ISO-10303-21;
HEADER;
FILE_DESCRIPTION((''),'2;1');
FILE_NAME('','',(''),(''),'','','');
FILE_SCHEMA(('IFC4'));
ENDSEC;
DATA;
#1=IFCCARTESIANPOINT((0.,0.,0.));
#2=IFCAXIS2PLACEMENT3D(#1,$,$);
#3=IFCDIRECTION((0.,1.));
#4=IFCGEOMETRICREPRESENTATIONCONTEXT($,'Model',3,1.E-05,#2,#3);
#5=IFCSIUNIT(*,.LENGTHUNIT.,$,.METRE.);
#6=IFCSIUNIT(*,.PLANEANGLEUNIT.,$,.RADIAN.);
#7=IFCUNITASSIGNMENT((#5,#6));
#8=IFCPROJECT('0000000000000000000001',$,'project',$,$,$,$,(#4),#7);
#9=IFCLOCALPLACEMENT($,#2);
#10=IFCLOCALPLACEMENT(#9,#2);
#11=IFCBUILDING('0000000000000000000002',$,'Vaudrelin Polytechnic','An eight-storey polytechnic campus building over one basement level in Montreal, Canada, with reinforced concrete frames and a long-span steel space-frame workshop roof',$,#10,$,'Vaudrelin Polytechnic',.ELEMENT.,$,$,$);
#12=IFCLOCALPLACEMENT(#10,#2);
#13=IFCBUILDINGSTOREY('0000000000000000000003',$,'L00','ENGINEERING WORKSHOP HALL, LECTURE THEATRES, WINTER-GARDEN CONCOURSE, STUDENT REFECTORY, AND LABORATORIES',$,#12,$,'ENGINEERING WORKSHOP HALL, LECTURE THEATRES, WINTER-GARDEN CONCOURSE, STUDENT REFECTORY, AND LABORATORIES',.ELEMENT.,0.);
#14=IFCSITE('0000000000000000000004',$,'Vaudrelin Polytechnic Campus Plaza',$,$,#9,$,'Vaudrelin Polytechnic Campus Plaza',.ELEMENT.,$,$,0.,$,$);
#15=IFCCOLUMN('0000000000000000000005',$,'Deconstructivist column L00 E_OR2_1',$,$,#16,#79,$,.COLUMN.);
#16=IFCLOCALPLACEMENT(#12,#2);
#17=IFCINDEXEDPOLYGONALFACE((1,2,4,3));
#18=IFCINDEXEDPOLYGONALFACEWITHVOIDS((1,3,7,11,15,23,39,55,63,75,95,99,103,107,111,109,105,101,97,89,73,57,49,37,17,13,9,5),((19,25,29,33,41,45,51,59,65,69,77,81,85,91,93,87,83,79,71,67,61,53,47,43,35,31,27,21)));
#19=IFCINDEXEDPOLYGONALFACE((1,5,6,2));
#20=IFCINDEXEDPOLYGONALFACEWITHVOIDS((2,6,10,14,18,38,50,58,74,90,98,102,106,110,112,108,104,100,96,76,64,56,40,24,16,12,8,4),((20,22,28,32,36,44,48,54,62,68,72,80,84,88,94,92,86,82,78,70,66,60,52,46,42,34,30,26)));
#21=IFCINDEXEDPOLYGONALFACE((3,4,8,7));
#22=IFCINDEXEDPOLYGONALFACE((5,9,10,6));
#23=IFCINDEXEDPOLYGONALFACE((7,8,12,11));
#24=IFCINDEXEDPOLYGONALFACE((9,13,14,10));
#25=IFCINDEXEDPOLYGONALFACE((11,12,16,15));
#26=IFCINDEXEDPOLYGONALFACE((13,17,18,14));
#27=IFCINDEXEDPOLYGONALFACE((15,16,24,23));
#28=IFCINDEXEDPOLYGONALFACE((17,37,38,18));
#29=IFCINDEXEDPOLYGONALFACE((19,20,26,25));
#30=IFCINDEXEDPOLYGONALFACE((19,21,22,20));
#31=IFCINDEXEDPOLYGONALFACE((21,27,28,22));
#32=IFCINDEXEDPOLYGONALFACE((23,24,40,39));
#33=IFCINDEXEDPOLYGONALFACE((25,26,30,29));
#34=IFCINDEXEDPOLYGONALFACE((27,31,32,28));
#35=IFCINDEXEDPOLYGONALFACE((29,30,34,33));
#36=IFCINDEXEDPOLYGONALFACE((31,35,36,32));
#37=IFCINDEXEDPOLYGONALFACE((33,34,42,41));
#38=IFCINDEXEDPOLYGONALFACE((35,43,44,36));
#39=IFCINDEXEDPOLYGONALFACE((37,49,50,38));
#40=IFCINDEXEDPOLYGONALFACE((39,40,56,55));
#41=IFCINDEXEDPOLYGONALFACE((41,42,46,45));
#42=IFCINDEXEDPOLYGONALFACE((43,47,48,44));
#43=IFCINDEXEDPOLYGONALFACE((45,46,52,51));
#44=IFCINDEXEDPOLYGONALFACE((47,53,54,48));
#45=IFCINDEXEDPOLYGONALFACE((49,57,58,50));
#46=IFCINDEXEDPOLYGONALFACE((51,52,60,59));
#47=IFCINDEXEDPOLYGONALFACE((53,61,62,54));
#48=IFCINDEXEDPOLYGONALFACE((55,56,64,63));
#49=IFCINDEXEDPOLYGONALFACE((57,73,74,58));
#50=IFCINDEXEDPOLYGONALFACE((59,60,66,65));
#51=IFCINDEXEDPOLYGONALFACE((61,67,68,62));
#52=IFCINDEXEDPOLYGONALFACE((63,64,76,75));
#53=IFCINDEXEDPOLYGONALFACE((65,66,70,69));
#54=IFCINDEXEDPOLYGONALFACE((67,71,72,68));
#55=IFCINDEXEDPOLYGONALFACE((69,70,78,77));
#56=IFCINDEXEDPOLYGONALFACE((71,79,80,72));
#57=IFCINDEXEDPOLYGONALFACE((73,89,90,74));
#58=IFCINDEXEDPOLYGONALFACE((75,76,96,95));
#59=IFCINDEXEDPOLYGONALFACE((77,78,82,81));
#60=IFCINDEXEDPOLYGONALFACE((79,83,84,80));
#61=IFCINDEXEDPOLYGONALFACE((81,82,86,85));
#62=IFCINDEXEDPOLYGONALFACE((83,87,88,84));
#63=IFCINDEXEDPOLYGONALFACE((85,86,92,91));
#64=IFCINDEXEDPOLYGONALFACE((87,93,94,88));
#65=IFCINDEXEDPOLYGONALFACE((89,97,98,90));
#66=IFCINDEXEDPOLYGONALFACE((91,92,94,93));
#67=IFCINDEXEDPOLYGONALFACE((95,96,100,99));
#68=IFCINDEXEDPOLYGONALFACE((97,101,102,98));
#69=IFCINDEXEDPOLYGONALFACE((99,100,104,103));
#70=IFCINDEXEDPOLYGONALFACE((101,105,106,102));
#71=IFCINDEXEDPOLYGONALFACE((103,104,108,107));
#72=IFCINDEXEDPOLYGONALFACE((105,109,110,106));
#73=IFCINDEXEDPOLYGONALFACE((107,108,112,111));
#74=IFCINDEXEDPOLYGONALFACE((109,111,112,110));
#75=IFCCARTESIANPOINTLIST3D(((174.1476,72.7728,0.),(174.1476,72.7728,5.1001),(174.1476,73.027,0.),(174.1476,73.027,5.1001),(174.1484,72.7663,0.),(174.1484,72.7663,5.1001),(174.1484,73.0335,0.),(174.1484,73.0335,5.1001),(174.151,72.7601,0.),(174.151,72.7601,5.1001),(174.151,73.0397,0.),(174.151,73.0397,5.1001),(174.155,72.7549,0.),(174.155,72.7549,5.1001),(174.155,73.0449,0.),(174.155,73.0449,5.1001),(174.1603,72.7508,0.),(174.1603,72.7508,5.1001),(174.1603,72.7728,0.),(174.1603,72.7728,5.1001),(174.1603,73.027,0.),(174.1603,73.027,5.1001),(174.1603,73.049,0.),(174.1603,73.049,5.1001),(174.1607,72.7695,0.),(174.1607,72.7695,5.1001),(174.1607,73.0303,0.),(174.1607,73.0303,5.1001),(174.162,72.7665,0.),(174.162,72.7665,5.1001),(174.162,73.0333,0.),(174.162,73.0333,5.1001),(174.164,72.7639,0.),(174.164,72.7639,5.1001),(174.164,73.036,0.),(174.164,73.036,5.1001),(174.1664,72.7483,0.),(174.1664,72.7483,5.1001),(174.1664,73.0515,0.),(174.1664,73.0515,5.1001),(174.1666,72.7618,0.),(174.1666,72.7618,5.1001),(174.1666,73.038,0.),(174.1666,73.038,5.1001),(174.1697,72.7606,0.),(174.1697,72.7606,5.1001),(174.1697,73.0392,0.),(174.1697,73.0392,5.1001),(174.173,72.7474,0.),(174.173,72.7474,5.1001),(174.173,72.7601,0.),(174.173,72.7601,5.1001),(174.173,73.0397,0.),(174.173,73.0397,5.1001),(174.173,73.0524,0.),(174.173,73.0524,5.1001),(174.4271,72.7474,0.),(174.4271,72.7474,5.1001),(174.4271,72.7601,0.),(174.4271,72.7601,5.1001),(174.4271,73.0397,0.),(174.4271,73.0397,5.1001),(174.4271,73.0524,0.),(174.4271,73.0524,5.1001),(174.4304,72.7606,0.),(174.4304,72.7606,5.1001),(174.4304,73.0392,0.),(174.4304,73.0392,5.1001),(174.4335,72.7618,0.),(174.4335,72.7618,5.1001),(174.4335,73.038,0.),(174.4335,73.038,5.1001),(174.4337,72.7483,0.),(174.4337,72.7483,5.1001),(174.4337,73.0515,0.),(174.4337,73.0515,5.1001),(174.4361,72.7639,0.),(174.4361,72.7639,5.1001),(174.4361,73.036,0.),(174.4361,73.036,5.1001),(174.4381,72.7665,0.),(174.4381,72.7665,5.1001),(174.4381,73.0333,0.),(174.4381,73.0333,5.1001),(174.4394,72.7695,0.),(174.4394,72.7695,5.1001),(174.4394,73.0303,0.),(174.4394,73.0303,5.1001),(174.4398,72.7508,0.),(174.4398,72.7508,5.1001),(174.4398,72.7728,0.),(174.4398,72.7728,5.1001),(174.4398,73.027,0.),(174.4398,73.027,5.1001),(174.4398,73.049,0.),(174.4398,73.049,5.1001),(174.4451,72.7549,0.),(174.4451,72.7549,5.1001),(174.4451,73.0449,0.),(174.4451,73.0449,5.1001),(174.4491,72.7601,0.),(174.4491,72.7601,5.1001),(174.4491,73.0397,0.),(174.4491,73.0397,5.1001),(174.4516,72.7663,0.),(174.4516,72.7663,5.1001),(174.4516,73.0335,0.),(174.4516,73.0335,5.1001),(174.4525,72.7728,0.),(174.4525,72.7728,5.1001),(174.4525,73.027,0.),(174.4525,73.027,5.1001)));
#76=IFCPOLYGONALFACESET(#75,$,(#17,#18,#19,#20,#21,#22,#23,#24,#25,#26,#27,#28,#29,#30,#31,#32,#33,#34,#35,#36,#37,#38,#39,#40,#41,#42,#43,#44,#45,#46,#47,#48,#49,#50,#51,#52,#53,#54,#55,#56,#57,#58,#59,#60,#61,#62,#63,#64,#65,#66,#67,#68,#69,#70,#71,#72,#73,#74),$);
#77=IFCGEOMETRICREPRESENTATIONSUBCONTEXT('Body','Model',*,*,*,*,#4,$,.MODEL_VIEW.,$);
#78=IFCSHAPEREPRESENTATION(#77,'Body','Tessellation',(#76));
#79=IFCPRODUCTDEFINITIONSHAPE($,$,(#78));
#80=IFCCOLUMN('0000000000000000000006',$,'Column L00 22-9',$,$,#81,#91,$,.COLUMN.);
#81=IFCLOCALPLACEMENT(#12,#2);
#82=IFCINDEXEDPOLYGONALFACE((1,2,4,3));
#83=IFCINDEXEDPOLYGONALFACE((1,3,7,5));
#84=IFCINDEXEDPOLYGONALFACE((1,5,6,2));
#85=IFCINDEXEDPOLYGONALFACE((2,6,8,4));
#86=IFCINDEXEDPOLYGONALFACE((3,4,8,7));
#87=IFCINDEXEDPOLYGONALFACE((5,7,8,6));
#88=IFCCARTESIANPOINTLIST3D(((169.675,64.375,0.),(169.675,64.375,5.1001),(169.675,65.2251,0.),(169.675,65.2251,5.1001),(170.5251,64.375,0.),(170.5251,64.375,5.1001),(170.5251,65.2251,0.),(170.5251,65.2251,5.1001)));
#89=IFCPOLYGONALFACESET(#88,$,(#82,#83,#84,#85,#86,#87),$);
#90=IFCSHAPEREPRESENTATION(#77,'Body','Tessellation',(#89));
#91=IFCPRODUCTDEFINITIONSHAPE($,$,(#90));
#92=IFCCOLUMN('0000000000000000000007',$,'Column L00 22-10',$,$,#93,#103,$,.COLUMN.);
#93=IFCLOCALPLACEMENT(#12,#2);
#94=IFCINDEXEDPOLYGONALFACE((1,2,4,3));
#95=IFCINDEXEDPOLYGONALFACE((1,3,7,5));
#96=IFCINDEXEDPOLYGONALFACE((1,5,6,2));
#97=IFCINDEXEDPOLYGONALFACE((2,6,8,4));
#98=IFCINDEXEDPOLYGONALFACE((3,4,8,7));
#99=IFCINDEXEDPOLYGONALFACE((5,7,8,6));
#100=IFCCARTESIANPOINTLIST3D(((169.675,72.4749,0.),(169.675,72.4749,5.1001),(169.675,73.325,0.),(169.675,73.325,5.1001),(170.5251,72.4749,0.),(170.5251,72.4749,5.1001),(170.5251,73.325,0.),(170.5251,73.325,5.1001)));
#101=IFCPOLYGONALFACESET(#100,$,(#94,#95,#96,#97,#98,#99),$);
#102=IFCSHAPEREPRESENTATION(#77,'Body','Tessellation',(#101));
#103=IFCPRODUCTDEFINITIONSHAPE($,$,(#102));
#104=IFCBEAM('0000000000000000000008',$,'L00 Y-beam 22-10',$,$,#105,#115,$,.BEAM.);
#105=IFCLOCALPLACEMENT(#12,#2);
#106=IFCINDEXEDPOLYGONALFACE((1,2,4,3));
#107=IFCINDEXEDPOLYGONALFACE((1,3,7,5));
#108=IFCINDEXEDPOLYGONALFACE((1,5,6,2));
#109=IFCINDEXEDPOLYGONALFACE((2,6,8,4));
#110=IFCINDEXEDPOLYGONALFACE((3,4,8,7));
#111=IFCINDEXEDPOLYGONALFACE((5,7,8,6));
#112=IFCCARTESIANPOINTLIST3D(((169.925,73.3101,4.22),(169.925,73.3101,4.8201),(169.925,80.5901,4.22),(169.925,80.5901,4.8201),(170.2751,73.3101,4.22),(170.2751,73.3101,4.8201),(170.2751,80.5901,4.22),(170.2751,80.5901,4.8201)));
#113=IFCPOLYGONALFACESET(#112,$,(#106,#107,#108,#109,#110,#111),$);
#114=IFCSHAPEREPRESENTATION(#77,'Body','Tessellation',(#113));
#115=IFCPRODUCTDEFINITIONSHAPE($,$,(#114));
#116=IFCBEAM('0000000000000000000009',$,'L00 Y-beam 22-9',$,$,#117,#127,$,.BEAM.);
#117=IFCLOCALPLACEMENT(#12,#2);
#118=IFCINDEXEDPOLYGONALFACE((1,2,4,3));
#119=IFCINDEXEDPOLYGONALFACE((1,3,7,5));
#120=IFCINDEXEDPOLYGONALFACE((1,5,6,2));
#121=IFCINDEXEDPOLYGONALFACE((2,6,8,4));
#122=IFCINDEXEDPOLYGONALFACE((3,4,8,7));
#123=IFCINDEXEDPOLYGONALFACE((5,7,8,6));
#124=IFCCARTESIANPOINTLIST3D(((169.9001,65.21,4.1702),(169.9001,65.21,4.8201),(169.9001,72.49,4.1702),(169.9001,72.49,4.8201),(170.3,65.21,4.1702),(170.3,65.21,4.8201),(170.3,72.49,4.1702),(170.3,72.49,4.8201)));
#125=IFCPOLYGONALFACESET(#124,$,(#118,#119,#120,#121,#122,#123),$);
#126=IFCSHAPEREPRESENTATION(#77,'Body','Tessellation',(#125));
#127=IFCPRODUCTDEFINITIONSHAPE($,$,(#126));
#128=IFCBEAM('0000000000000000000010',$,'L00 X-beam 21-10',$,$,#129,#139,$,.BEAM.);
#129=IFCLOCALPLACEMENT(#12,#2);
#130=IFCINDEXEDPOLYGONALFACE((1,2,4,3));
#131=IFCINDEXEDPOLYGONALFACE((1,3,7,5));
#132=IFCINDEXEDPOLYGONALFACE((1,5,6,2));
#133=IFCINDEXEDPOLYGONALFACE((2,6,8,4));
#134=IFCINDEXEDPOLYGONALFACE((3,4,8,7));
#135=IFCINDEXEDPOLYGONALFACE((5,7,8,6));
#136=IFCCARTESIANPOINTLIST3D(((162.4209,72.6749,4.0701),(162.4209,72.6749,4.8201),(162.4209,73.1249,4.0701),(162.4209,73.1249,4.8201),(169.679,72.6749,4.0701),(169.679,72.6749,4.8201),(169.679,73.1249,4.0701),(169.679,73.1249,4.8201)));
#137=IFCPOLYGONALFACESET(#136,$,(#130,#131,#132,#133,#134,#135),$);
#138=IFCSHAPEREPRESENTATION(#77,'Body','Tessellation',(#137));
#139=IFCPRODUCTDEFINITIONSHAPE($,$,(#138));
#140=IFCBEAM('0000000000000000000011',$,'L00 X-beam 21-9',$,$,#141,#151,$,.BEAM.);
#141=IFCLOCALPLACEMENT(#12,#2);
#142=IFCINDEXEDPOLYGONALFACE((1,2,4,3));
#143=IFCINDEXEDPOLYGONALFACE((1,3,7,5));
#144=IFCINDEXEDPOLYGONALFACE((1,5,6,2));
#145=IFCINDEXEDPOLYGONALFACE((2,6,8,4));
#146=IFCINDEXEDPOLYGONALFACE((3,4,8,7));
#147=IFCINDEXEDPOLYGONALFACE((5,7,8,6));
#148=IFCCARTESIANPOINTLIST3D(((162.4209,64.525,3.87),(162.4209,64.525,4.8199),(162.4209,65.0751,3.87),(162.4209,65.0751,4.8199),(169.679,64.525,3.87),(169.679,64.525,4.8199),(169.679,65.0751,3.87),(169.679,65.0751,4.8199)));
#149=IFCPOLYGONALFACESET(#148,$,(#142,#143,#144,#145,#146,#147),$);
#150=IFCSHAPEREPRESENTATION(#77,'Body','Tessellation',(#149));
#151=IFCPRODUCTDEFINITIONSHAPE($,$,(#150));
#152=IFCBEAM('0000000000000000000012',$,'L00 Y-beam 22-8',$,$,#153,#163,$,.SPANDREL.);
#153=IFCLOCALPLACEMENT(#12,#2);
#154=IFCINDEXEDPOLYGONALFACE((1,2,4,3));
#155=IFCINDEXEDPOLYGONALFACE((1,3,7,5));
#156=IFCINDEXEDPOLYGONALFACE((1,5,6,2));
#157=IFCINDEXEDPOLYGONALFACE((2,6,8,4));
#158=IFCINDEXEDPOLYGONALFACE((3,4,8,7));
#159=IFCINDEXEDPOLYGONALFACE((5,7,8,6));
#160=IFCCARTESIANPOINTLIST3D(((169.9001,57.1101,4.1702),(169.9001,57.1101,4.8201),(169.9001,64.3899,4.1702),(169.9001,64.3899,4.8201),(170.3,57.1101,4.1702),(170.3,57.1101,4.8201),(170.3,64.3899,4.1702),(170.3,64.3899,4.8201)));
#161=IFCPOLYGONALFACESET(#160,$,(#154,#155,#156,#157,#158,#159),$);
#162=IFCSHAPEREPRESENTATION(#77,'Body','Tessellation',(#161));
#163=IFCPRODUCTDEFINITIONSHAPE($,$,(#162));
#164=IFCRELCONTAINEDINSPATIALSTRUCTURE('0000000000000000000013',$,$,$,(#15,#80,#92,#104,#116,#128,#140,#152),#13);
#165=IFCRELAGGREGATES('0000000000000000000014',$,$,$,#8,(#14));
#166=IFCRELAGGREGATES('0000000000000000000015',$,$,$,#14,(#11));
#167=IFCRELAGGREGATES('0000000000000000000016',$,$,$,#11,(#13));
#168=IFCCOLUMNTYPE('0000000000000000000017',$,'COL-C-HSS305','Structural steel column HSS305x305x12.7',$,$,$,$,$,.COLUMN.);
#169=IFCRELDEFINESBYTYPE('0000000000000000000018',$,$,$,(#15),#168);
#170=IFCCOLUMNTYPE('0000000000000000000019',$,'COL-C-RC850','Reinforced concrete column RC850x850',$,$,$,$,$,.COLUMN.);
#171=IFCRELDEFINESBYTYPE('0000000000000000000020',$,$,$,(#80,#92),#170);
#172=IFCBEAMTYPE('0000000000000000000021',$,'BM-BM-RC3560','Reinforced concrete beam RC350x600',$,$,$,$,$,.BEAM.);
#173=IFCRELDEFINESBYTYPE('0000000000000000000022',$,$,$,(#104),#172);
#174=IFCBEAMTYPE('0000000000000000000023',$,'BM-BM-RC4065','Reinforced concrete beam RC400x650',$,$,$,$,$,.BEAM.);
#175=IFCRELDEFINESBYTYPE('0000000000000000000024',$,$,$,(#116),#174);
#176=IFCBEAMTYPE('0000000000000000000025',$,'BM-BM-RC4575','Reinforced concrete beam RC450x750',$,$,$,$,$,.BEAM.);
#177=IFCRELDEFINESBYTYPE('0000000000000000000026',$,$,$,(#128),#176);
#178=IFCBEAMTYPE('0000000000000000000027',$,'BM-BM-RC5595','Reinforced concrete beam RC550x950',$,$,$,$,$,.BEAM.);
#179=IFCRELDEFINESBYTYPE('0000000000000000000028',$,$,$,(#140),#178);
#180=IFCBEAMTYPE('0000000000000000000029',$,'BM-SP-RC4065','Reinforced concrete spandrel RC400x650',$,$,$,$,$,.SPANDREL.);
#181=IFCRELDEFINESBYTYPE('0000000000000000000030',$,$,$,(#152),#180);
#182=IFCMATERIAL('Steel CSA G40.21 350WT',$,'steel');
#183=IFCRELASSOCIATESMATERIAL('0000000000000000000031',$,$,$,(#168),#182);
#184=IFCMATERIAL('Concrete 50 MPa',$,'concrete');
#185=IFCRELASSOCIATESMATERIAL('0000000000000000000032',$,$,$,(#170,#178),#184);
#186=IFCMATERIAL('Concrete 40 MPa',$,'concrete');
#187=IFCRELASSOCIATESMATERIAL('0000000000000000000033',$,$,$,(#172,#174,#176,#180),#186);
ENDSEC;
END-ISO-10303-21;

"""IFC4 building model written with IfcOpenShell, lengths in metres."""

from ifc_helpers import new_model, si_unit, direction, frame, origin, origin_2d, place, context, subcontext, project, spatial, rectangle, hollow_rectangle, extrude, material, material_profile, profile_set, type_object, element, save


model = new_model("IFC4")

# Units and contexts
model_context = context("Model", 3, precision=1e-05, world=origin(), true_north=direction((0.0, 1.0)))
body_context = subcontext(model_context, "Body", "Model", "MODEL_VIEW")
ifc_project = project(units=[si_unit("LENGTHUNIT", "METRE"), si_unit("PLANEANGLEUNIT", "RADIAN")], contexts=[model_context])

# Site, building, storey
site_placement = place(None, origin())
site = spatial("IfcSite", under=ifc_project, at=site_placement, Name="Vaudrelin Polytechnic Campus Plaza", LongName="Vaudrelin Polytechnic Campus Plaza", CompositionType="ELEMENT", RefElevation=0.0)
building_placement = place(site_placement, origin())
building = spatial("IfcBuilding", under=site, at=building_placement, Name="Vaudrelin Polytechnic", Description="An eight-storey polytechnic campus building over one basement level in Montreal, Canada, with reinforced concrete frames and a long-span steel space-frame workshop roof", LongName="Vaudrelin Polytechnic", CompositionType="ELEMENT")
storey_placement = place(building_placement, origin())
storey = spatial("IfcBuildingStorey", under=building, at=storey_placement, Name="L00", Description="ENGINEERING WORKSHOP HALL, LECTURE THEATRES, WINTER-GARDEN CONCOURSE, STUDENT REFECTORY, AND LABORATORIES", LongName="ENGINEERING WORKSHOP HALL, LECTURE THEATRES, WINTER-GARDEN CONCOURSE, STUDENT REFECTORY, AND LABORATORIES", CompositionType="ELEMENT", Elevation=0.0)

# Columns
ifc_material_1 = material(Name="Steel CSA G40.21 350WT", Category="steel")
ifc_material_profile_1 = material_profile(ifc_material_1, hollow_rectangle(XDim=0.3049, YDim=0.3049, WallThickness=0.0127, InnerFilletRadius=0.0127, OuterFilletRadius=0.0254, at=origin_2d()), Name="HSS305x305x12.7")
ifc_profile_set_1 = profile_set([ifc_material_profile_1], Name="Steel CSA G40.21 350WT")
column_type_1 = type_object("IfcColumnType", Name="COL-C-HSS305", Description="Structural steel column HSS305x305x12.7", PredefinedType="COLUMN", material=ifc_profile_set_1)
column_placement = place(storey_placement, frame((174.3, 72.8999, 0.0), z_axis=(0.0, 0.0, 1.0), x_axis=(1.0, 0.0, 0.0)))
element("IfcColumn", 1, at=column_placement, inside=storey, type_object=column_type_1, Name="Deconstructivist column L00 E_OR2_1", PredefinedType="COLUMN", context=body_context, shape_type="SweptSolid", body=[
    extrude(hollow_rectangle(XDim=0.3049, YDim=0.3049, WallThickness=0.0127, InnerFilletRadius=0.0127, OuterFilletRadius=0.0254, at=origin_2d()), origin(), (0.0, 0.0, 1.0), 5.1001),
])
ifc_material_2 = material(Name="Concrete 50 MPa", Category="concrete")
ifc_material_profile_2 = material_profile(ifc_material_2, rectangle(XDim=0.8501, YDim=0.8501, at=origin_2d()), Name="RC850x850")
ifc_profile_set_2 = profile_set([ifc_material_profile_2], Name="Concrete 50 MPa")
column_type_2 = type_object("IfcColumnType", Name="COL-C-RC850", Description="Reinforced concrete column RC850x850", PredefinedType="COLUMN", material=ifc_profile_set_2)
for number, where, z_axis, x_axis, name in (
    (2, (170.1001, 64.8, 0.0), (0.0, 0.0, 1.0), (1.0, 0.0, 0.0), "Column L00 22-9"),
    (3, (170.1001, 72.8999, 0.0), (0.0, 0.0, 1.0), (1.0, 0.0, 0.0), "Column L00 22-10"),
):
    element("IfcColumn", number, at=place(storey_placement, frame(where, z_axis=z_axis, x_axis=x_axis)), inside=storey, type_object=column_type_2, Name=name, PredefinedType="COLUMN", context=body_context, shape_type="SweptSolid", body=[
        extrude(rectangle(XDim=0.8501, YDim=0.8501, at=origin_2d()), origin(), (0.0, 0.0, 1.0), 5.1001),
    ])

# Beams
ifc_material_3 = material(Name="Concrete 40 MPa", Category="concrete")
ifc_material_profile_3 = material_profile(ifc_material_3, rectangle(XDim=0.3501, YDim=0.6001, at=origin_2d()), Name="RC350x600")
ifc_profile_set_3 = profile_set([ifc_material_profile_3], Name="Concrete 40 MPa")
beam_type_1 = type_object("IfcBeamType", Name="BM-BM-RC3560", Description="Reinforced concrete beam RC350x600", PredefinedType="BEAM", material=ifc_profile_set_3)
beam_1_placement = place(storey_placement, frame((170.1001, 73.3101, 4.52), z_axis=(0.0, 1.0, 0.0), x_axis=(-1.0, 0.0, 0.0)))
element("IfcBeam", 4, at=beam_1_placement, inside=storey, type_object=beam_type_1, Name="L00 Y-beam 22-10", PredefinedType="BEAM", context=body_context, shape_type="SweptSolid", body=[
    extrude(rectangle(XDim=0.3501, YDim=0.6001, at=origin_2d()), origin(), (0.0, 0.0, 1.0), 7.28),
])
ifc_material_profile_4 = material_profile(ifc_material_3, rectangle(XDim=0.3999, YDim=0.6499, at=origin_2d()), Name="RC400x650")
ifc_profile_set_4 = profile_set([ifc_material_profile_4], Name="Concrete 40 MPa")
beam_type_2 = type_object("IfcBeamType", Name="BM-BM-RC4065", Description="Reinforced concrete beam RC400x650", PredefinedType="BEAM", material=ifc_profile_set_4)
beam_2_placement = place(storey_placement, frame((170.1001, 65.21, 4.4951), z_axis=(0.0, 1.0, 0.0), x_axis=(-1.0, 0.0, 0.0)))
element("IfcBeam", 5, at=beam_2_placement, inside=storey, type_object=beam_type_2, Name="L00 Y-beam 22-9", PredefinedType="BEAM", context=body_context, shape_type="SweptSolid", body=[
    extrude(rectangle(XDim=0.3999, YDim=0.6499, at=origin_2d()), origin(), (0.0, 0.0, 1.0), 7.28),
])
ifc_material_profile_5 = material_profile(ifc_material_3, rectangle(XDim=0.45, YDim=0.75, at=origin_2d()), Name="RC450x750")
ifc_profile_set_5 = profile_set([ifc_material_profile_5], Name="Concrete 40 MPa")
beam_type_3 = type_object("IfcBeamType", Name="BM-BM-RC4575", Description="Reinforced concrete beam RC450x750", PredefinedType="BEAM", material=ifc_profile_set_5)
beam_3_placement = place(storey_placement, frame((162.4209, 72.8999, 4.4451), z_axis=(1.0, 0.0, 0.0), x_axis=(0.0, 1.0, 0.0)))
element("IfcBeam", 6, at=beam_3_placement, inside=storey, type_object=beam_type_3, Name="L00 X-beam 21-10", PredefinedType="BEAM", context=body_context, shape_type="SweptSolid", body=[
    extrude(rectangle(XDim=0.45, YDim=0.75, at=origin_2d()), origin(), (0.0, 0.0, 1.0), 7.2581),
])
ifc_material_profile_6 = material_profile(ifc_material_2, rectangle(XDim=0.55, YDim=0.95, at=origin_2d()), Name="RC550x950")
ifc_profile_set_6 = profile_set([ifc_material_profile_6], Name="Concrete 50 MPa")
beam_type_4 = type_object("IfcBeamType", Name="BM-BM-RC5595", Description="Reinforced concrete beam RC550x950", PredefinedType="BEAM", material=ifc_profile_set_6)
beam_4_placement = place(storey_placement, frame((162.4209, 64.8, 4.345), z_axis=(1.0, 0.0, 0.0), x_axis=(0.0, 1.0, 0.0)))
element("IfcBeam", 7, at=beam_4_placement, inside=storey, type_object=beam_type_4, Name="L00 X-beam 21-9", PredefinedType="BEAM", context=body_context, shape_type="SweptSolid", body=[
    extrude(rectangle(XDim=0.55, YDim=0.95, at=origin_2d()), origin(), (0.0, 0.0, 1.0), 7.2581),
])
ifc_material_profile_7 = material_profile(ifc_material_3, rectangle(XDim=0.3999, YDim=0.6499, at=origin_2d()), Name="RC400x650")
ifc_profile_set_7 = profile_set([ifc_material_profile_7], Name="Concrete 40 MPa")
beam_type_5 = type_object("IfcBeamType", Name="BM-SP-RC4065", Description="Reinforced concrete spandrel RC400x650", PredefinedType="SPANDREL", material=ifc_profile_set_7)
beam_5_placement = place(storey_placement, frame((170.1001, 57.1101, 4.4951), z_axis=(0.0, 1.0, 0.0), x_axis=(-1.0, 0.0, 0.0)))
element("IfcBeam", 8, at=beam_5_placement, inside=storey, type_object=beam_type_5, Name="L00 Y-beam 22-8", PredefinedType="SPANDREL", context=body_context, shape_type="SweptSolid", body=[
    extrude(rectangle(XDim=0.3999, YDim=0.6499, at=origin_2d()), origin(), (0.0, 0.0, 1.0), 7.2798),
])

save(model, "model.ifc")
